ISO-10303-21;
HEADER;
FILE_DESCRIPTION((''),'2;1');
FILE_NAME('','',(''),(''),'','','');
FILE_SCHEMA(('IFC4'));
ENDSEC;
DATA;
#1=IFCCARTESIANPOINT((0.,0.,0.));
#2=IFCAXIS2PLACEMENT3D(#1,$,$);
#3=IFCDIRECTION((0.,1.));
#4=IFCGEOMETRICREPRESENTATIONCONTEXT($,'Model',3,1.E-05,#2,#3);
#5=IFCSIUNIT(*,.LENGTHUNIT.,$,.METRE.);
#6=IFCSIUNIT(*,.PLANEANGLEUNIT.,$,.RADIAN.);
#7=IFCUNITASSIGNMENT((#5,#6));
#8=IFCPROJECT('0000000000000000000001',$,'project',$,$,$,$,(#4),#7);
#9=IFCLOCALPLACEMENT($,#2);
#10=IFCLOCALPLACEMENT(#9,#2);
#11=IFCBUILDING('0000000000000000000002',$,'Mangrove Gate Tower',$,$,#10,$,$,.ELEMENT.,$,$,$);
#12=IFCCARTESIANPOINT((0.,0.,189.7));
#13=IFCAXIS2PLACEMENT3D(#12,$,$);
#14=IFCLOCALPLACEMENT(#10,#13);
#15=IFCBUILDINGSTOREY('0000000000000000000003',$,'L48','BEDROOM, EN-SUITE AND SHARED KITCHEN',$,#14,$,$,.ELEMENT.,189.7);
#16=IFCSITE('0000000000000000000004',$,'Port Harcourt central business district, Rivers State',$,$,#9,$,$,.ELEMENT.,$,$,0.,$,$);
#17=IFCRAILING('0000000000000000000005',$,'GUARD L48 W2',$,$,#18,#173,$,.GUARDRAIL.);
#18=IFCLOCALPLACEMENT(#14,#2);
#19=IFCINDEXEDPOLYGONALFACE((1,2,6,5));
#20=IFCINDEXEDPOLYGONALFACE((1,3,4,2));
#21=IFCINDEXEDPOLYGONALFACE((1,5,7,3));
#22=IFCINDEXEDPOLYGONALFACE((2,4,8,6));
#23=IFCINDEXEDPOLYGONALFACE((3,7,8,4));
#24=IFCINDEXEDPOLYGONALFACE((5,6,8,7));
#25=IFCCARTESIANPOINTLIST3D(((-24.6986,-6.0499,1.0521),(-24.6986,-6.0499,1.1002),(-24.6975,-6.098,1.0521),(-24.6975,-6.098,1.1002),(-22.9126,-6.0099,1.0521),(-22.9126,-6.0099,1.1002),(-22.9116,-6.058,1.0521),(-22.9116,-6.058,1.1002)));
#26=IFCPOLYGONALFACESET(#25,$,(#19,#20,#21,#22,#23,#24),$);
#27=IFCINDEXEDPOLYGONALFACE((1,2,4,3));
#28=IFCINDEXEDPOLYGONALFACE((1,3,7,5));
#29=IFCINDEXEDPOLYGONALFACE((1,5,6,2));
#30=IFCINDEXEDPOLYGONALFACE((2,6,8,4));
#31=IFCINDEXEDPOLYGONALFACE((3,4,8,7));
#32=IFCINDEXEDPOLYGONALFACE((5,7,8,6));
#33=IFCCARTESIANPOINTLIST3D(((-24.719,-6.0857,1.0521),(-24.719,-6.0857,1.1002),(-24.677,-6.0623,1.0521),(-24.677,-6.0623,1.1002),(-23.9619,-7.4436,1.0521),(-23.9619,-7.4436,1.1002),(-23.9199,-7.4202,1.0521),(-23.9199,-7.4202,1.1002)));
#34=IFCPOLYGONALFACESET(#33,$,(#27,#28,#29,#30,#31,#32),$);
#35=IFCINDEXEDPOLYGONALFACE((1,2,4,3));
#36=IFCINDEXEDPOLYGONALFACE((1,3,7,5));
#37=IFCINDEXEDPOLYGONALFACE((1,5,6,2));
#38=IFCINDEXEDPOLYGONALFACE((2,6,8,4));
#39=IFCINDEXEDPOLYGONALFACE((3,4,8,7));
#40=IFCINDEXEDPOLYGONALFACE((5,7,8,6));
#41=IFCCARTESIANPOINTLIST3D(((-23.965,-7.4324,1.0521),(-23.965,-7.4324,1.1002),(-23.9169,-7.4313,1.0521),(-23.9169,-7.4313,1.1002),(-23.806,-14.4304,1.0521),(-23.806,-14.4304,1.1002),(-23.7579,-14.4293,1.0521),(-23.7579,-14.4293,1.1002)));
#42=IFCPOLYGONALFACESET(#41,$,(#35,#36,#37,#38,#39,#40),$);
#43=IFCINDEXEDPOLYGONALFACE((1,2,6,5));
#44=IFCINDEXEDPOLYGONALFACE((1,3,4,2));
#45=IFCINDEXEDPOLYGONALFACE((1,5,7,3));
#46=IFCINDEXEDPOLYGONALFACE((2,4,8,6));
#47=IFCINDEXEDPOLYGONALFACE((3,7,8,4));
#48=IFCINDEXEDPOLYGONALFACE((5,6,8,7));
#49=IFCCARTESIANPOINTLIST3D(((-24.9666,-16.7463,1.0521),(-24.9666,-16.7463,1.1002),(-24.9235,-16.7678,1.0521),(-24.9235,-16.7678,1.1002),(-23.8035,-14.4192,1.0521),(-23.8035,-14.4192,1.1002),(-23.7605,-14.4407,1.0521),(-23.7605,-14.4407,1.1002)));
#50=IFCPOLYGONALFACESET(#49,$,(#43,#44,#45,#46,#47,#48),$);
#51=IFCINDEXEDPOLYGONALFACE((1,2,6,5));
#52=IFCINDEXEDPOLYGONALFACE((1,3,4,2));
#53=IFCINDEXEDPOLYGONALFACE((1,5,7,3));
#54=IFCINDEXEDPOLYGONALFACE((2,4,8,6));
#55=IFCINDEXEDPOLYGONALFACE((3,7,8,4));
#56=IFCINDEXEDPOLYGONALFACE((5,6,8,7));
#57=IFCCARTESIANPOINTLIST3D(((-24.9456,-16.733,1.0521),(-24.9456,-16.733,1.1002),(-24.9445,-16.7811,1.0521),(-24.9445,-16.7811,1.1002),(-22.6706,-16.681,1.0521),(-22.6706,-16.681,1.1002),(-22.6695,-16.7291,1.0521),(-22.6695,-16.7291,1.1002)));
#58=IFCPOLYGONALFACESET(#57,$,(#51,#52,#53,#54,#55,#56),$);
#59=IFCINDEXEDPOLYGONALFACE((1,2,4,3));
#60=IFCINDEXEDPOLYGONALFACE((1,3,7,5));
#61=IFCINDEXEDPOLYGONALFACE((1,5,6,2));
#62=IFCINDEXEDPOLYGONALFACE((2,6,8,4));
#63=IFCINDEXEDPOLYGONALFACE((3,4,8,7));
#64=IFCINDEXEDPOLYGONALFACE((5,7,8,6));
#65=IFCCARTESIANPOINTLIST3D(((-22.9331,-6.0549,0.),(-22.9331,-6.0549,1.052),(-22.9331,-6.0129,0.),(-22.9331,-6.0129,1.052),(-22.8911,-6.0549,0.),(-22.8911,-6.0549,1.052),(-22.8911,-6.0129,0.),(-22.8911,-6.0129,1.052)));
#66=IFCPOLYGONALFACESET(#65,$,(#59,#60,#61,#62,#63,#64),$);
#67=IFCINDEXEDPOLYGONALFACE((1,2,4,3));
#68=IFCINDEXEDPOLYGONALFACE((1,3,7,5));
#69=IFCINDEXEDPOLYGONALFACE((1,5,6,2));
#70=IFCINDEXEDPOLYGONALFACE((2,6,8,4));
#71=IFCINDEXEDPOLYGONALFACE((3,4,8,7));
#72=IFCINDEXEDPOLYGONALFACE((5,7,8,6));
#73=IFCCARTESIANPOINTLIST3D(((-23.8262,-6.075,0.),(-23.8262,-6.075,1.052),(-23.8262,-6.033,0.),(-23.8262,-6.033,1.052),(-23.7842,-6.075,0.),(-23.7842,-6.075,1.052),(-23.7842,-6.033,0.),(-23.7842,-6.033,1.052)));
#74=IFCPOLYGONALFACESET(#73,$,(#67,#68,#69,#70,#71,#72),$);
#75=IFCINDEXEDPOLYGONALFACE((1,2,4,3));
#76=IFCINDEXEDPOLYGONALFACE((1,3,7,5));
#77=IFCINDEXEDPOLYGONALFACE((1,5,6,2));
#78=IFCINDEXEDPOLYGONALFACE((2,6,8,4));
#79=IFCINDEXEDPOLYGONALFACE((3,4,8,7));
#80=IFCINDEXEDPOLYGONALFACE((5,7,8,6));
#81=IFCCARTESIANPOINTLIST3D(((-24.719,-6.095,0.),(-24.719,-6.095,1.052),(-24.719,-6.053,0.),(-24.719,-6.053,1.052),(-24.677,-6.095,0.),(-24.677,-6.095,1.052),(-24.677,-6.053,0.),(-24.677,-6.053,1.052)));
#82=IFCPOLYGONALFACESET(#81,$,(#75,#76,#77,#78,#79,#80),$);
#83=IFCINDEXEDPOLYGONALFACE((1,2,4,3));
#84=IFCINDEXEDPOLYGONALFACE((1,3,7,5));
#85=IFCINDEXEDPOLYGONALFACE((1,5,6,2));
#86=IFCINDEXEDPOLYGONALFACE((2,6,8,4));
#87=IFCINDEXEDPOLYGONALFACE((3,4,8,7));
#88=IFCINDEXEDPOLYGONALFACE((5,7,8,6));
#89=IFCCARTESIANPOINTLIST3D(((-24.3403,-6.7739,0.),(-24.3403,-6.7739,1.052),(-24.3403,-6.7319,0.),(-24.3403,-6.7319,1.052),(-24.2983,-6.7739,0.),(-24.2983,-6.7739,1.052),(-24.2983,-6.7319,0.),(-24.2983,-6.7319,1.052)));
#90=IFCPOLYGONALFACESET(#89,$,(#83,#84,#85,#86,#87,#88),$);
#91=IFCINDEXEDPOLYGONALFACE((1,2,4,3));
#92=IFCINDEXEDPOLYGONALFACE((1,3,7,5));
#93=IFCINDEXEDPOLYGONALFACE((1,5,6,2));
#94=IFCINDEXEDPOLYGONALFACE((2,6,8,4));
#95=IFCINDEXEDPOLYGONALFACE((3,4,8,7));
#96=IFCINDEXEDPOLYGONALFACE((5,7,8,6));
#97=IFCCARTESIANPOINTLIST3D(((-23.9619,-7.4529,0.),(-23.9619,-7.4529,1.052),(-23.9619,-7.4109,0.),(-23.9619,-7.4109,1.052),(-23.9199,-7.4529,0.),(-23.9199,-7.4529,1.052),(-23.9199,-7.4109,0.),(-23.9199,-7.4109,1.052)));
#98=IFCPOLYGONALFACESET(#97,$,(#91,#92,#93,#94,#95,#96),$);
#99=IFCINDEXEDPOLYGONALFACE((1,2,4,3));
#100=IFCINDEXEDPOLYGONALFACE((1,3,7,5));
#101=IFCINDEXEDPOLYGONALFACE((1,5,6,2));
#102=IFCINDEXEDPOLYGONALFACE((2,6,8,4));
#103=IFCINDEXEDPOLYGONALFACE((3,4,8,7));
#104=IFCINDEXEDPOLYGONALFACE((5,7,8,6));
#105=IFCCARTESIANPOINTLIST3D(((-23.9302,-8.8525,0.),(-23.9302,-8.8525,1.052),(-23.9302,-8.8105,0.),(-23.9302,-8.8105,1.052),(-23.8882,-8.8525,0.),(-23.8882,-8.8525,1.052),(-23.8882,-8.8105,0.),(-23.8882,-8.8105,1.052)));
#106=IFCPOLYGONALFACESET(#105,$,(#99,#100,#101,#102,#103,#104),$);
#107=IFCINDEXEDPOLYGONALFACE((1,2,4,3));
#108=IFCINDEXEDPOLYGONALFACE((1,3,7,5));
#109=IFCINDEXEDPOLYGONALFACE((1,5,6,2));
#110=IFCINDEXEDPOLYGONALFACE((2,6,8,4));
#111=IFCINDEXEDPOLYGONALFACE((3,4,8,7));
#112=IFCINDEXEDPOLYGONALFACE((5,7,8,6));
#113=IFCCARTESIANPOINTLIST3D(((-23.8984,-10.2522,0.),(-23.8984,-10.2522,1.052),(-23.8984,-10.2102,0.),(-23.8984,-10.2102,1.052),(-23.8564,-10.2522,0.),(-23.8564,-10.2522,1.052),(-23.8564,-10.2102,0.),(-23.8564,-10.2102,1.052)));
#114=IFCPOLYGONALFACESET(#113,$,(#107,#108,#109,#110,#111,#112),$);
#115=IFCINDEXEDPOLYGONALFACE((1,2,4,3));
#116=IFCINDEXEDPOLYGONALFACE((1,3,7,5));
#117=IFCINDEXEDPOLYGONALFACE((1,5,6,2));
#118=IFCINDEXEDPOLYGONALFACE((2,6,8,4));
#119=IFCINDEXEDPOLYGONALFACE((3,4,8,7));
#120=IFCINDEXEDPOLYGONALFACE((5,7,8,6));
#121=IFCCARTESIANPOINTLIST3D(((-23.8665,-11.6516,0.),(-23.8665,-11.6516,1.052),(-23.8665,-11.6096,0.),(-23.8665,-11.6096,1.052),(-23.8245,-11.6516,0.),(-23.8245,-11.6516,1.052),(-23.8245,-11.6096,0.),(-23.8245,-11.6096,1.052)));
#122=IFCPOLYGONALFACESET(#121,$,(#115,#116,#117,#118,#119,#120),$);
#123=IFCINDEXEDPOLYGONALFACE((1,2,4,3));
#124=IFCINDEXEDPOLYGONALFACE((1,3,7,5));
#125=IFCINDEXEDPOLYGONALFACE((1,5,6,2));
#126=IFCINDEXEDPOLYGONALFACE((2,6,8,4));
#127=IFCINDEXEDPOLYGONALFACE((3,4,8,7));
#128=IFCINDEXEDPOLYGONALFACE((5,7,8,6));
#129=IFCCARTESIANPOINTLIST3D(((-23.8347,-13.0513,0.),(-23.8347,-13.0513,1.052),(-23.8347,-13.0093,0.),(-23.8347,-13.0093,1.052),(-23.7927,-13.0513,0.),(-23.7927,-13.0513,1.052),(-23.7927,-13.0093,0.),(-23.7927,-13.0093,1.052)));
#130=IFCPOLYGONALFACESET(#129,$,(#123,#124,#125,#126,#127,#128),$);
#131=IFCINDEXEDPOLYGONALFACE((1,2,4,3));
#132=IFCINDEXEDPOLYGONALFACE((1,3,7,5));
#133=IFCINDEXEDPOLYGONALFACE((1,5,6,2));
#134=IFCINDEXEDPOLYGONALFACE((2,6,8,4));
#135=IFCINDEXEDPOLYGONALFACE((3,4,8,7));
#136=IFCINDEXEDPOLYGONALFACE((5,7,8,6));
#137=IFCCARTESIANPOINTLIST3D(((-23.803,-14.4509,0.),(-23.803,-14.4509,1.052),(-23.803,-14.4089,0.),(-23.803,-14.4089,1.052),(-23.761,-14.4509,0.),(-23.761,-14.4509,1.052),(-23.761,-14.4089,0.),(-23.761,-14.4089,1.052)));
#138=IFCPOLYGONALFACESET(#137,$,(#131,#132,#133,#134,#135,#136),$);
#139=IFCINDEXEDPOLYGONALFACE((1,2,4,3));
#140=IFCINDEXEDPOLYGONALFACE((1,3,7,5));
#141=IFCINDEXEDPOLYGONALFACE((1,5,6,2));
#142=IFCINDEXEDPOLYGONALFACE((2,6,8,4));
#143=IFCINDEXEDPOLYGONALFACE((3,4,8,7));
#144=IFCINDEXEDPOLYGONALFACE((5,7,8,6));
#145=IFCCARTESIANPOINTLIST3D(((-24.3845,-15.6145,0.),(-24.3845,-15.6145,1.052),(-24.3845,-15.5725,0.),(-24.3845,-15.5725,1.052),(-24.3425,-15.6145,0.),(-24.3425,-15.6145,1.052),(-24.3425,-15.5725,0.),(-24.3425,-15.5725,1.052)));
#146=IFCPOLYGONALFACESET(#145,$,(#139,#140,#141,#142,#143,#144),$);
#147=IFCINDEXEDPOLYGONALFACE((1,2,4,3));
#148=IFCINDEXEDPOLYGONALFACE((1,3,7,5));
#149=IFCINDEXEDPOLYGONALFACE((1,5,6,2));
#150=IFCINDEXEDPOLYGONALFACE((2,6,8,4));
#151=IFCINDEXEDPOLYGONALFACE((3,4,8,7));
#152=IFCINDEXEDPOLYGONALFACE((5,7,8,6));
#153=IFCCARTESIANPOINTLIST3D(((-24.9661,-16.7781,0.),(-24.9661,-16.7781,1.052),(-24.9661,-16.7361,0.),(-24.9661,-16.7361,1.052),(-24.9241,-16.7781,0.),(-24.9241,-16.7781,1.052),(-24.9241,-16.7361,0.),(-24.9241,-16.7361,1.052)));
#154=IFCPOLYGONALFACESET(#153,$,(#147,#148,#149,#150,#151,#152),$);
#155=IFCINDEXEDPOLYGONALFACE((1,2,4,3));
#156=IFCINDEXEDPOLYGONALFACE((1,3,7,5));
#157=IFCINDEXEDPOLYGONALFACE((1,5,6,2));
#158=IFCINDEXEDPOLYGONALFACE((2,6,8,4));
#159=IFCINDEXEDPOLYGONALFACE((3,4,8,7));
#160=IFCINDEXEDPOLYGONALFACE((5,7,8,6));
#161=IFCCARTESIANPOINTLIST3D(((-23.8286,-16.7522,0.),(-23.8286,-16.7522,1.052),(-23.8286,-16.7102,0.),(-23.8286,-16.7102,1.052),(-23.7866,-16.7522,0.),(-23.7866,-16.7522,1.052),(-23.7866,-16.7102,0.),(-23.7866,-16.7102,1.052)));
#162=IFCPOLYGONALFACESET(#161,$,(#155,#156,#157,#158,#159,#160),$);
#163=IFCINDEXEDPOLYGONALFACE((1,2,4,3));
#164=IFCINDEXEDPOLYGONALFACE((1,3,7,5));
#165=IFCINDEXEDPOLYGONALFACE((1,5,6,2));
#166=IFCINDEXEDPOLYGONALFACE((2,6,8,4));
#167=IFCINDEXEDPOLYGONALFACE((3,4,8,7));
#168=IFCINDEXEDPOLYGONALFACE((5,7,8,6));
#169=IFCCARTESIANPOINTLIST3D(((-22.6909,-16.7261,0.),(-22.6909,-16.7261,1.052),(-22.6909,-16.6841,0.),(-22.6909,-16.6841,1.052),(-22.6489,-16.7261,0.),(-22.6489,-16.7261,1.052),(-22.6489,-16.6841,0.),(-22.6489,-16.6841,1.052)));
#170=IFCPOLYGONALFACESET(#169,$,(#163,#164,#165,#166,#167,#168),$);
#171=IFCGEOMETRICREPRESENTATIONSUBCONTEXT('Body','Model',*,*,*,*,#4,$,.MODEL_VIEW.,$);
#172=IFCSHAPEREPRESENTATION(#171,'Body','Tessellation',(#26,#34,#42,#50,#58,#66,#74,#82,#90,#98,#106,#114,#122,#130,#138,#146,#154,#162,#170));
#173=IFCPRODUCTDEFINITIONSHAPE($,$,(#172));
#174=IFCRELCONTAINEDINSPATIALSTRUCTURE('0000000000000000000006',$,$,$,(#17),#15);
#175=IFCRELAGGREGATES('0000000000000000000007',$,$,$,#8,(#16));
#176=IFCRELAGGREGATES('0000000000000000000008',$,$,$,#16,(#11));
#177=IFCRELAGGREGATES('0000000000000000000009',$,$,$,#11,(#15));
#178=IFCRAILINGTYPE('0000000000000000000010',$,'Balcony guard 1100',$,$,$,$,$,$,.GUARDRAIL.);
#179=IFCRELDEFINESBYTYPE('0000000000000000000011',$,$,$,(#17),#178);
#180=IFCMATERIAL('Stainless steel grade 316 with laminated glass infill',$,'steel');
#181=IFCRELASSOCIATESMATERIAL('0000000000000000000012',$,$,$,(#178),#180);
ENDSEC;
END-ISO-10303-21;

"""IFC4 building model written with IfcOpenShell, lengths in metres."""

from ifc_helpers import new_model, si_unit, direction, frame, origin, origin_2d, place, context, subcontext, project, spatial, rectangle, extrude, material, type_object, element, save


model = new_model("IFC4")

# Units and contexts
model_context = context("Model", 3, precision=1e-05, world=origin(), true_north=direction((0.0, 1.0)))
body_context = subcontext(model_context, "Body", "Model", "MODEL_VIEW")
ifc_project = project(units=[si_unit("LENGTHUNIT", "METRE"), si_unit("PLANEANGLEUNIT", "RADIAN")], contexts=[model_context])

# Site, building, storey
site_placement = place(None, origin())
site = spatial("IfcSite", under=ifc_project, at=site_placement, Name="Port Harcourt central business district, Rivers State", CompositionType="ELEMENT", RefElevation=0.0)
building_placement = place(site_placement, origin())
building = spatial("IfcBuilding", under=site, at=building_placement, Name="Mangrove Gate Tower", CompositionType="ELEMENT")
storey_placement = place(building_placement, frame((0.0, 0.0, 189.7)))
storey = spatial("IfcBuildingStorey", under=building, at=storey_placement, Name="L48", Description="BEDROOM, EN-SUITE AND SHARED KITCHEN", CompositionType="ELEMENT", Elevation=189.7)

# Railing
ifc_material_1 = material(Name="Stainless steel grade 316 with laminated glass infill", Category="steel")
railing_type = type_object("IfcRailingType", Name="Balcony guard 1100", PredefinedType="GUARDRAIL", material=ifc_material_1)
railing_placement = place(storey_placement, frame((-22.9121, -6.0339, 0.0)))
element("IfcRailing", 1, at=railing_placement, inside=storey, type_object=railing_type, Name="GUARD L48 W2", PredefinedType="GUARDRAIL", context=body_context, shape_type="SweptSolid", body=[
    extrude(rectangle(XDim=0.0481, YDim=0.0481, at=origin_2d()), frame((0.0, 0.0, 1.0762), z_axis=(-0.999749, -0.022414, 0.0), x_axis=(0.022414, -0.999749, 0.0)), (0.0, 0.0, 1.0), 1.7864),
    extrude(rectangle(XDim=0.0481, YDim=0.0481, at=origin_2d()), frame((-1.7859, -0.04, 1.0762), z_axis=(0.486962, -0.873423, 0.0), x_axis=(0.873423, 0.486962, 0.0)), (0.0, 0.0, 1.0), 1.5547),
    extrude(rectangle(XDim=0.0481, YDim=0.0481, at=origin_2d()), frame((-1.0288, -1.3979, 1.0762), z_axis=(0.022706, -0.999742, 0.0), x_axis=(0.999742, 0.022706, 0.0)), (0.0, 0.0, 1.0), 6.9998),
    extrude(rectangle(XDim=0.0481, YDim=0.0481, at=origin_2d()), frame((-0.8699, -8.396, 1.0762), z_axis=(-0.447063, -0.894502, 0.0), x_axis=(0.894502, -0.447063, 0.0)), (0.0, 0.0, 1.0), 2.6016),
    extrude(rectangle(XDim=0.0481, YDim=0.0481, at=origin_2d()), frame((-2.033, -10.7231, 1.0762), z_axis=(0.999739, 0.022851, 0.0), x_axis=(-0.022851, 0.999739, 0.0)), (0.0, 0.0, 1.0), 2.2756),
    extrude(rectangle(XDim=0.042, YDim=0.042, at=origin_2d()), origin(), (0.0, 0.0, 1.0), 1.052),
    extrude(rectangle(XDim=0.042, YDim=0.042, at=origin_2d()), frame((-0.8931, -0.02, 0.0)), (0.0, 0.0, 1.0), 1.052),
    extrude(rectangle(XDim=0.042, YDim=0.042, at=origin_2d()), frame((-1.7859, -0.04, 0.0)), (0.0, 0.0, 1.0), 1.052),
    extrude(rectangle(XDim=0.042, YDim=0.042, at=origin_2d()), frame((-1.4072, -0.719, 0.0)), (0.0, 0.0, 1.0), 1.052),
    extrude(rectangle(XDim=0.042, YDim=0.042, at=origin_2d()), frame((-1.0288, -1.3979, 0.0)), (0.0, 0.0, 1.0), 1.052),
    extrude(rectangle(XDim=0.042, YDim=0.042, at=origin_2d()), frame((-0.9971, -2.7976, 0.0)), (0.0, 0.0, 1.0), 1.052),
    extrude(rectangle(XDim=0.042, YDim=0.042, at=origin_2d()), frame((-0.9653, -4.1973, 0.0)), (0.0, 0.0, 1.0), 1.052),
    extrude(rectangle(XDim=0.042, YDim=0.042, at=origin_2d()), frame((-0.9333, -5.5967, 0.0)), (0.0, 0.0, 1.0), 1.052),
    extrude(rectangle(XDim=0.042, YDim=0.042, at=origin_2d()), frame((-0.9016, -6.9963, 0.0)), (0.0, 0.0, 1.0), 1.052),
    extrude(rectangle(XDim=0.042, YDim=0.042, at=origin_2d()), frame((-0.8699, -8.396, 0.0)), (0.0, 0.0, 1.0), 1.052),
    extrude(rectangle(XDim=0.042, YDim=0.042, at=origin_2d()), frame((-1.4514, -9.5596, 0.0)), (0.0, 0.0, 1.0), 1.052),
    extrude(rectangle(XDim=0.042, YDim=0.042, at=origin_2d()), frame((-2.033, -10.7231, 0.0)), (0.0, 0.0, 1.0), 1.052),
    extrude(rectangle(XDim=0.042, YDim=0.042, at=origin_2d()), frame((-0.8955, -10.6973, 0.0)), (0.0, 0.0, 1.0), 1.052),
    extrude(rectangle(XDim=0.042, YDim=0.042, at=origin_2d()), frame((0.2422, -10.6711, 0.0)), (0.0, 0.0, 1.0), 1.052),
])

save(model, "model.ifc")
